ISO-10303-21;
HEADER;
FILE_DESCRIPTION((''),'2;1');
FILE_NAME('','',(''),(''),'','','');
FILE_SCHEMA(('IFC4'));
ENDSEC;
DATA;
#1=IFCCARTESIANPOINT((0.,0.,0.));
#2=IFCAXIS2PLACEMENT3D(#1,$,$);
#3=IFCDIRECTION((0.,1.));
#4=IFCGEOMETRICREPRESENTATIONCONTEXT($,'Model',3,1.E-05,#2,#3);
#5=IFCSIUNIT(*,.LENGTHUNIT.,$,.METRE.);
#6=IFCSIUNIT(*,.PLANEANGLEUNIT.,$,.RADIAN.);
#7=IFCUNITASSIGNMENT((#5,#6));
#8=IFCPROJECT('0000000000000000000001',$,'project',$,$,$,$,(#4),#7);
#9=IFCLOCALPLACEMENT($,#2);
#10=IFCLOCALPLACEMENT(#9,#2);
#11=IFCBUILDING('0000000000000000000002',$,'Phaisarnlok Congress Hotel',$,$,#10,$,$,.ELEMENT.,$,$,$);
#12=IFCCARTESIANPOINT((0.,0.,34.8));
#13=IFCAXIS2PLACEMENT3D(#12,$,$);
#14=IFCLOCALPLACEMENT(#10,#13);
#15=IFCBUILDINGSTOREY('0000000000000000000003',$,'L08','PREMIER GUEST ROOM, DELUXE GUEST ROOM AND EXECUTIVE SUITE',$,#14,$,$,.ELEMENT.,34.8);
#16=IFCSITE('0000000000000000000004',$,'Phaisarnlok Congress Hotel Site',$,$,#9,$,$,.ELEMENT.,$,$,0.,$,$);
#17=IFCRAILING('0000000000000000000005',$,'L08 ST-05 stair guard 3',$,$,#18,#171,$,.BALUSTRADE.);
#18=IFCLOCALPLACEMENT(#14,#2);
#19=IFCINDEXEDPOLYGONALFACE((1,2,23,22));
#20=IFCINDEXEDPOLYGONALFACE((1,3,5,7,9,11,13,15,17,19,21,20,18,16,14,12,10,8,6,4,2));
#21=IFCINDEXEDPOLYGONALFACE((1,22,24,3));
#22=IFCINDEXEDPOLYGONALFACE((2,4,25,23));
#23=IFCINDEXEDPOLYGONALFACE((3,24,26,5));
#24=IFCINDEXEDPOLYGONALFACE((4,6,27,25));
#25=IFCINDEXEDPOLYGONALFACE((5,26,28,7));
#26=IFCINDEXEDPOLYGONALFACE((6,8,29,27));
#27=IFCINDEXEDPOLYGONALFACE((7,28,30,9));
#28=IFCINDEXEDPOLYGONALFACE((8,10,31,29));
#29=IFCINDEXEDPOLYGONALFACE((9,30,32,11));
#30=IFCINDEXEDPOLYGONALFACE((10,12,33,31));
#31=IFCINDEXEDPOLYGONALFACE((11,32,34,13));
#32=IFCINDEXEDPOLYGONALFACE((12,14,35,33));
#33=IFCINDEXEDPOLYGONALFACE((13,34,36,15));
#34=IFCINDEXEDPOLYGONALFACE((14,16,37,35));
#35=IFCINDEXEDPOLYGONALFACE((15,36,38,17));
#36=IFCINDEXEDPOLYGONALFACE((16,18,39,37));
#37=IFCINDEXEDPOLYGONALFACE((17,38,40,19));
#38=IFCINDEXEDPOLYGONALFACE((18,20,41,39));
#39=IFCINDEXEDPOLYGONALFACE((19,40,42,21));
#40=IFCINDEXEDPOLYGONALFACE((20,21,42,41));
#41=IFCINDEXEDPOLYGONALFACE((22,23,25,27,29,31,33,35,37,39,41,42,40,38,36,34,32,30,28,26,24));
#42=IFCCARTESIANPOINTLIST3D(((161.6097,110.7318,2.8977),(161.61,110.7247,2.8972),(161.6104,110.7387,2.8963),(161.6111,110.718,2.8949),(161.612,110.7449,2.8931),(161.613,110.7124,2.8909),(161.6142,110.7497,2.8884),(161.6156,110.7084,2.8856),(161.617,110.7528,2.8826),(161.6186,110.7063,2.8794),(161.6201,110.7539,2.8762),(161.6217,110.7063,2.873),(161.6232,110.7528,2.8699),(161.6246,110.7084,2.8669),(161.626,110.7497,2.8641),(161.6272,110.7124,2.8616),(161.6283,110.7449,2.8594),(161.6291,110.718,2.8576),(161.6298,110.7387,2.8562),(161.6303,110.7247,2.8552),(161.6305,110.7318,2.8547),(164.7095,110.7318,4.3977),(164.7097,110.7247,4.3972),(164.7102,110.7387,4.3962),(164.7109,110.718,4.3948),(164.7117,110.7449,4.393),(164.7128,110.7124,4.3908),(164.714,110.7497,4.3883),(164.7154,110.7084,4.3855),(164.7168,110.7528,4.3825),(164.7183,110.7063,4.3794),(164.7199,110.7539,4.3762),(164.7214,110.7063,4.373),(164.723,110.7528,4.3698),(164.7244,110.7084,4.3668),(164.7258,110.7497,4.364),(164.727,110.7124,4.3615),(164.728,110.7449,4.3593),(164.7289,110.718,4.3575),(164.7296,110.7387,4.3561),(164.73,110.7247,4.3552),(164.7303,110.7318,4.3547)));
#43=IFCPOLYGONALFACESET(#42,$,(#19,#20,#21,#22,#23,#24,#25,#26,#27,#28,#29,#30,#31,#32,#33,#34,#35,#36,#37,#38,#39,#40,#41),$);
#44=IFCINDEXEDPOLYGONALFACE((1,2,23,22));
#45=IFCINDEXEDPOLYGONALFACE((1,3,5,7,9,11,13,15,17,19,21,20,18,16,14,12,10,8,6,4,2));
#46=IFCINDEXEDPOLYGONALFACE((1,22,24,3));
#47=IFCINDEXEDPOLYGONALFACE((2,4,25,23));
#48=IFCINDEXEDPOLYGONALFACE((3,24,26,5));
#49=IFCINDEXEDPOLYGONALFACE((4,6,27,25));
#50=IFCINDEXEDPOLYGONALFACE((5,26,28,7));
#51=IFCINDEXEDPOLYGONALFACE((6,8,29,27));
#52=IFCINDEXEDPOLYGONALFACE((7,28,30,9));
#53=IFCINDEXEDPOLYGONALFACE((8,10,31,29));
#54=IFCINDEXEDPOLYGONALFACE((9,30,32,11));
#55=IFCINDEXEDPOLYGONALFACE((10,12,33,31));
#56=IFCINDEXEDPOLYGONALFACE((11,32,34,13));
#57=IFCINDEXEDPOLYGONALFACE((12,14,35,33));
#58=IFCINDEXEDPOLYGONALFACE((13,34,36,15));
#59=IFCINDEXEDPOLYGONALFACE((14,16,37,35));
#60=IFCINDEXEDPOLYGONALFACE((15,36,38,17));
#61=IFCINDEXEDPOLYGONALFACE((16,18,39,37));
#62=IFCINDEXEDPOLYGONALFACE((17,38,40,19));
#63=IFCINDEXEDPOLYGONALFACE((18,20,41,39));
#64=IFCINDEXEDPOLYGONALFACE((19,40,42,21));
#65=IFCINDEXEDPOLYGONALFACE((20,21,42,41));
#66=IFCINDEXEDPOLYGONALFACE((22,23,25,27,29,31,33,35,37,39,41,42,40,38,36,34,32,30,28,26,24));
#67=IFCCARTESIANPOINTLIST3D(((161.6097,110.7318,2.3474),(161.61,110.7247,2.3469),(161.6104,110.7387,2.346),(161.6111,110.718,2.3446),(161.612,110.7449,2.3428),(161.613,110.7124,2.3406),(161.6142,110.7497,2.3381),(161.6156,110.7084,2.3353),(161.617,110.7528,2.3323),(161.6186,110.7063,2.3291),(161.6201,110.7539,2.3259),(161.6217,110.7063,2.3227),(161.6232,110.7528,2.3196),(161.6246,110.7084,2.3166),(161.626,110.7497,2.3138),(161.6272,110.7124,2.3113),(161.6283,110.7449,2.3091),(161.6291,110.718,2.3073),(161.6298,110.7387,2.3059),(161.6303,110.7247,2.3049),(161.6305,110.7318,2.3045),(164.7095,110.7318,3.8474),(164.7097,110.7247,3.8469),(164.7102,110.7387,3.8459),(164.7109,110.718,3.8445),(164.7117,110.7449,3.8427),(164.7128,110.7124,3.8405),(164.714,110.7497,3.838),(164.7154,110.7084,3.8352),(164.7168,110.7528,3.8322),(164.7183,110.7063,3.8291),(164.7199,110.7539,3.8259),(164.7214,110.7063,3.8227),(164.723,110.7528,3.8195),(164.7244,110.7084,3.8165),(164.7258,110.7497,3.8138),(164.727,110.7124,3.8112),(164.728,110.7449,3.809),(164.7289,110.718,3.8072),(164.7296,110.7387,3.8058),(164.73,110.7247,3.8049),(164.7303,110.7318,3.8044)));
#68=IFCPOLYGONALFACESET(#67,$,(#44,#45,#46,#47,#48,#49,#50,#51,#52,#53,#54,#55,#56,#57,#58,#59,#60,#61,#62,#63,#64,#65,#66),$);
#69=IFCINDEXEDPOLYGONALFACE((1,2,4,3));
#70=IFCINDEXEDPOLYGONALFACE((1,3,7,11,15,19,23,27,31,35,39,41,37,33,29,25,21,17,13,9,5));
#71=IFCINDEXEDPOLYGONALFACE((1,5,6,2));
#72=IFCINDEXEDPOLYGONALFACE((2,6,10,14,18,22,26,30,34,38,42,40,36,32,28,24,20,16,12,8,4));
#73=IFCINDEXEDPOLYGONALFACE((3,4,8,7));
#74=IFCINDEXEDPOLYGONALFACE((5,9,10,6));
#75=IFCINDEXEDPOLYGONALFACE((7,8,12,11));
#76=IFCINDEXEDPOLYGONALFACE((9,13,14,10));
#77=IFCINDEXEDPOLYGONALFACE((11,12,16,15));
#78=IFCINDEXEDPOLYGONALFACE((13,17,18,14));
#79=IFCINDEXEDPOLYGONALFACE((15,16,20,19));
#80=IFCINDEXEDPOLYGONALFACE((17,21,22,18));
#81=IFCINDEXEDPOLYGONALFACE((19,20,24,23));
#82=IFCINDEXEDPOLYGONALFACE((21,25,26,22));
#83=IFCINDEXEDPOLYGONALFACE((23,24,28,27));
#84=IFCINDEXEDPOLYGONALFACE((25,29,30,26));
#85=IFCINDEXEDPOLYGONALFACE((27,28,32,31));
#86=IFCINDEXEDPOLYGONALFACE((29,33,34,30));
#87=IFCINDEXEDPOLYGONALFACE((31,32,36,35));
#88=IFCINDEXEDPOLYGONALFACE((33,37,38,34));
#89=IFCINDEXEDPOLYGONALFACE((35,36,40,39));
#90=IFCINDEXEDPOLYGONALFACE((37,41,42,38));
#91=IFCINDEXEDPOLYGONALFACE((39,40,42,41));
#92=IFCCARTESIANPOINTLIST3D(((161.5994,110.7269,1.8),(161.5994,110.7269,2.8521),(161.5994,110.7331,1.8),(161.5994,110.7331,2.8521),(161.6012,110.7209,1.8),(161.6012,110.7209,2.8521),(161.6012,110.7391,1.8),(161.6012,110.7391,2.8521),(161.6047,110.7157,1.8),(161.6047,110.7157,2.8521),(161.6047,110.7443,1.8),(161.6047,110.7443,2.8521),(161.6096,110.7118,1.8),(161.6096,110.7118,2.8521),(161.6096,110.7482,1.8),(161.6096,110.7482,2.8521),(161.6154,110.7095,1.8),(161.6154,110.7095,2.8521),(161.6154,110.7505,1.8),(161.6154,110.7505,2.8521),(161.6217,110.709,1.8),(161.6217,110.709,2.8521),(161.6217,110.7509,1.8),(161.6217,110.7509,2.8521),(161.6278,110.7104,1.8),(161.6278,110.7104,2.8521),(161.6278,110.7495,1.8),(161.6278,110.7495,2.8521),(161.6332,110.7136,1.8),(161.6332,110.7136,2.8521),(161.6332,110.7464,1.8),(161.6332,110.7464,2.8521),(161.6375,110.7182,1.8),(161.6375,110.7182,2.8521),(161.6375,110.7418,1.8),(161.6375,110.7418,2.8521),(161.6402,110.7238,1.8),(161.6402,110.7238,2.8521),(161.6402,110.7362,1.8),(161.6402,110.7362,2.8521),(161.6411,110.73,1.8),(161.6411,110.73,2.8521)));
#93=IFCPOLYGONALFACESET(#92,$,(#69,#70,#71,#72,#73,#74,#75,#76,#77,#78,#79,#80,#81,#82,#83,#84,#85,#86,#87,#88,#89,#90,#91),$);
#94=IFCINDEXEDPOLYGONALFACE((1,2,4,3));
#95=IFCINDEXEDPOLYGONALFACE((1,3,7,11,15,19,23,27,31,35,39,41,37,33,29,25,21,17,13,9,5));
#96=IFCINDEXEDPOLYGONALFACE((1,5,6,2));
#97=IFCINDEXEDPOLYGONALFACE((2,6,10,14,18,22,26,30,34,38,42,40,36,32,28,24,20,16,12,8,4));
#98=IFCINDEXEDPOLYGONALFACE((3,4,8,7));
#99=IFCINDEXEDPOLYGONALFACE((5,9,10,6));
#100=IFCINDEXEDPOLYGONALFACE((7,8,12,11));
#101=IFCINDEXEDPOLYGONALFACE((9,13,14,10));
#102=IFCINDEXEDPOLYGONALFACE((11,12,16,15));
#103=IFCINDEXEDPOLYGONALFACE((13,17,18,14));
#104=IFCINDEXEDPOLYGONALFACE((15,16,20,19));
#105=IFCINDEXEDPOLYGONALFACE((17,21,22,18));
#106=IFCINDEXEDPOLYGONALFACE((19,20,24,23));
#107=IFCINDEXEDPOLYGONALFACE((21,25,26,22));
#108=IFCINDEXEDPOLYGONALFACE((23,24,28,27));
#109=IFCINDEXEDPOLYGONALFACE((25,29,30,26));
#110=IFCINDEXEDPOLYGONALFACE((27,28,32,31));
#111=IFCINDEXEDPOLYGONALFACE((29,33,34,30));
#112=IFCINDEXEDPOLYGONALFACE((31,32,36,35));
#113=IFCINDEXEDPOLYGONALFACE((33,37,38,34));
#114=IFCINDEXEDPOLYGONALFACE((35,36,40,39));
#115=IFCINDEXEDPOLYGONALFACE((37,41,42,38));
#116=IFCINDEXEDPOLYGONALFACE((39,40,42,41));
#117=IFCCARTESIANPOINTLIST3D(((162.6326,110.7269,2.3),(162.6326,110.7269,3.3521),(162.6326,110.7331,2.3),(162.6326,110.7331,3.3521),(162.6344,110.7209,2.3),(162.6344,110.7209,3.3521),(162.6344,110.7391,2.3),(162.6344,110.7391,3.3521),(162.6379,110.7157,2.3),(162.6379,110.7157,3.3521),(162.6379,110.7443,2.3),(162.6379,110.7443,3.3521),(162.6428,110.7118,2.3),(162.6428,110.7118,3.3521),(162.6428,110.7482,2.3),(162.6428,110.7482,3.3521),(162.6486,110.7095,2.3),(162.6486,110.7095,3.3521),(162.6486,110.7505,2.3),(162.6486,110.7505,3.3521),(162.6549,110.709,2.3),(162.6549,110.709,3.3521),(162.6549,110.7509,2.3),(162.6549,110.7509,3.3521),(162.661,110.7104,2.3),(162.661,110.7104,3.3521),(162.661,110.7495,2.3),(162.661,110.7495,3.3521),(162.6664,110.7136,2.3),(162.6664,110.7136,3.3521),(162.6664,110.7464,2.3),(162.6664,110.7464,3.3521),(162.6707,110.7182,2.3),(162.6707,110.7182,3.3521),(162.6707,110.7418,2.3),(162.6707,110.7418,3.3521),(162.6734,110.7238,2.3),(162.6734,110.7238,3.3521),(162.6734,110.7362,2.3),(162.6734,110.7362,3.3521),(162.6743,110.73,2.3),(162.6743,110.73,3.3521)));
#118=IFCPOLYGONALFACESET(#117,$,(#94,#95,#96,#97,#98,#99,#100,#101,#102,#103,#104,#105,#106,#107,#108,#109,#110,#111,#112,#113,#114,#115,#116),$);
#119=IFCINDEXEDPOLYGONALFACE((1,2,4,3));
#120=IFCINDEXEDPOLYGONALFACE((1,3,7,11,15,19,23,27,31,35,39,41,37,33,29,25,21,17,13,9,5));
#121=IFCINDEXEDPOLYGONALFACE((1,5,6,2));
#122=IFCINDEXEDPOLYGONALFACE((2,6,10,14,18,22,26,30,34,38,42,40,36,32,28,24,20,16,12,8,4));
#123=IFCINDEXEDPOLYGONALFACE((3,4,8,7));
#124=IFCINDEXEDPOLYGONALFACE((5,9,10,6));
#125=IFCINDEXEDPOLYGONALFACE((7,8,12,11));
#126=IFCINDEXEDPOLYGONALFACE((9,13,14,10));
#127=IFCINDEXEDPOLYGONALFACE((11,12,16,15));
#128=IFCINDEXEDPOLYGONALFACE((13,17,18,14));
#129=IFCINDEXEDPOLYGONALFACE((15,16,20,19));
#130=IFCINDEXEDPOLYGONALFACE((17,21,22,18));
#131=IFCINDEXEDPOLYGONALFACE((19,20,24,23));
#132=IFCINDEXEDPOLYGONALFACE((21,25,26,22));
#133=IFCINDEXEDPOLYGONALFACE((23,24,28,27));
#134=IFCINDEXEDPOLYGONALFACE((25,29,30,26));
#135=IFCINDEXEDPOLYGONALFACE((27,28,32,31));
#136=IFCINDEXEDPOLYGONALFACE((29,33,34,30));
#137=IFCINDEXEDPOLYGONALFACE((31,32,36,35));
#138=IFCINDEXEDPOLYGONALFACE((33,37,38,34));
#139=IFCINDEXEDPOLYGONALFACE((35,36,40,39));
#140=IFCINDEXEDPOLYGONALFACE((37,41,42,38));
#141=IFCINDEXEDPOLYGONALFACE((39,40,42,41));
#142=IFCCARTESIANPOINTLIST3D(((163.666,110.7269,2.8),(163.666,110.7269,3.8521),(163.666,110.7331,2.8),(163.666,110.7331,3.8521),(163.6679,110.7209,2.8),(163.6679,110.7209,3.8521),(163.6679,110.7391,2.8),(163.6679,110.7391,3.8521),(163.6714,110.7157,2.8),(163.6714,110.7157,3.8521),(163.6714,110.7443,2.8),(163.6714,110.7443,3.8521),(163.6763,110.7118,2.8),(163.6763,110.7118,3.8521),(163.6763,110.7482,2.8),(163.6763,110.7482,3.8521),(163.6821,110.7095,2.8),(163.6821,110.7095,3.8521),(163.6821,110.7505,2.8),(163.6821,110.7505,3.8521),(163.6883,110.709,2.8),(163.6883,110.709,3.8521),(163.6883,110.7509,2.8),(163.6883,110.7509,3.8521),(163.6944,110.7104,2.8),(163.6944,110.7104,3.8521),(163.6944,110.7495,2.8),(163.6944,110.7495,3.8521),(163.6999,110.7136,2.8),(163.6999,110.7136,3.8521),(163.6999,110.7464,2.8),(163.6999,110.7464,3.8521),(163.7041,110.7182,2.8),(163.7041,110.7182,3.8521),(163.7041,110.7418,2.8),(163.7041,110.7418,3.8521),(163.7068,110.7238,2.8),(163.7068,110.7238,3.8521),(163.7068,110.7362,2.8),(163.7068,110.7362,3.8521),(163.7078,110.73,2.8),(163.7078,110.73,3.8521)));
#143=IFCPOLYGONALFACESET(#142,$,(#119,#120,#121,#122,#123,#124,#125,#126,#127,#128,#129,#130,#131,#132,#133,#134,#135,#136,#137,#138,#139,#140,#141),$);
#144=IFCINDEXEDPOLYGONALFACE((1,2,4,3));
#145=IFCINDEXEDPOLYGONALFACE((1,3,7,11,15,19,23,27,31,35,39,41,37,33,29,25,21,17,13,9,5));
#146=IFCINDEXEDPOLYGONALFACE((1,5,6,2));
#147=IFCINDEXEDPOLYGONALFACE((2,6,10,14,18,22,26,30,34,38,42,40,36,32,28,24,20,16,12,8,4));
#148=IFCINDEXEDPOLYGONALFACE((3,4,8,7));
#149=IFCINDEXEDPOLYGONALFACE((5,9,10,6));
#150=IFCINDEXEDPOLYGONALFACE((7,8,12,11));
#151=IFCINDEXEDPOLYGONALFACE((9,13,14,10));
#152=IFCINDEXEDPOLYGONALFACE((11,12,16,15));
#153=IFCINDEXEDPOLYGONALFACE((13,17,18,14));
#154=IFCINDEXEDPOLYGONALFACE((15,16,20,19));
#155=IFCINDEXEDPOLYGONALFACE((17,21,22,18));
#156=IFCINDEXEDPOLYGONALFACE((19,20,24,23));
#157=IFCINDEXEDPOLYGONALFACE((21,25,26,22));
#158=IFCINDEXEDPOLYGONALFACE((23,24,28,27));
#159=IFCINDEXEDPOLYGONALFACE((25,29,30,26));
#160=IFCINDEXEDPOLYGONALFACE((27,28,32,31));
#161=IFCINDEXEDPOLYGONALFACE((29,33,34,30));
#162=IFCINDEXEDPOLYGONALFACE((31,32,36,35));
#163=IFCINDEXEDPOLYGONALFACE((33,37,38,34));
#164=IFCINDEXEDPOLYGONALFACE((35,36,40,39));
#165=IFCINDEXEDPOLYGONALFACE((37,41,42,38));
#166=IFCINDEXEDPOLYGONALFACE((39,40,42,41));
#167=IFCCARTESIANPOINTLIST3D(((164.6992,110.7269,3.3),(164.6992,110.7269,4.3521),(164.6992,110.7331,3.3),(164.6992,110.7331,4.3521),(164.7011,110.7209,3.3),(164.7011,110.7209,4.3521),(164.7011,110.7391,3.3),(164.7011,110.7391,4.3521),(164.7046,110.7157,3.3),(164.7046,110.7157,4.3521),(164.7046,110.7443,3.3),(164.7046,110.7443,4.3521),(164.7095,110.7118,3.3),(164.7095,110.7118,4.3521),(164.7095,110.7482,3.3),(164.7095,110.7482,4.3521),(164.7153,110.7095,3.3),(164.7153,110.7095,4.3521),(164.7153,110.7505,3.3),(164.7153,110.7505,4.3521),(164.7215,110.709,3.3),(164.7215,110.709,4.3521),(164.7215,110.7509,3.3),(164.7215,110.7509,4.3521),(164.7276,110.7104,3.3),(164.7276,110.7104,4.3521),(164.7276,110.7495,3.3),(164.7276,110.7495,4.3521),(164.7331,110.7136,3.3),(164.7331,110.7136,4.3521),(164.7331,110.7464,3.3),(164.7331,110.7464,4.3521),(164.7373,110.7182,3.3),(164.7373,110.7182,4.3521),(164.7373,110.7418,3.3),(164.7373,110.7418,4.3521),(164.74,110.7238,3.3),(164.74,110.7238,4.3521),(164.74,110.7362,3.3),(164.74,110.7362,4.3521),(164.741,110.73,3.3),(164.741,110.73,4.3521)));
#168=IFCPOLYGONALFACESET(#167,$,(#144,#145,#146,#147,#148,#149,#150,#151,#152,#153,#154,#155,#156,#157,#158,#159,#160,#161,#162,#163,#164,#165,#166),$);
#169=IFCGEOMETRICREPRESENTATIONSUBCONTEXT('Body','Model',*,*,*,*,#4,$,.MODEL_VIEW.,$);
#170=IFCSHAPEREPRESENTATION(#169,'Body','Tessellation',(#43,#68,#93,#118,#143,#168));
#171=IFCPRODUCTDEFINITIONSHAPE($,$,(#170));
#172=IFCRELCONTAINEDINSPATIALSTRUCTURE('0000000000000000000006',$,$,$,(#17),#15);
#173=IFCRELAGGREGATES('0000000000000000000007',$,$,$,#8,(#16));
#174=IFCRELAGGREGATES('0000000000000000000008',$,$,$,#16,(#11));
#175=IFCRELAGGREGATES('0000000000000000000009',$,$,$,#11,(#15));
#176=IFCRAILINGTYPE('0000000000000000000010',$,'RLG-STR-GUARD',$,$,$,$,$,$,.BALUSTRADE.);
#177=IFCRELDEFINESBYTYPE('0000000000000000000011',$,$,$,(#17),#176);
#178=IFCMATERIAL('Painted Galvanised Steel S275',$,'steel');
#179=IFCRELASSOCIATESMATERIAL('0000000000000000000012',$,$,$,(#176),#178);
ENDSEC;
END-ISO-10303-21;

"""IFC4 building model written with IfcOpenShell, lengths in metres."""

from ifc_helpers import new_model, si_unit, direction, frame, origin, origin_2d, place, context, subcontext, project, spatial, circle, extrude, material, type_object, element, save


model = new_model("IFC4")

# Units and contexts
model_context = context("Model", 3, precision=1e-05, world=origin(), true_north=direction((0.0, 1.0)))
body_context = subcontext(model_context, "Body", "Model", "MODEL_VIEW")
ifc_project = project(units=[si_unit("LENGTHUNIT", "METRE"), si_unit("PLANEANGLEUNIT", "RADIAN")], contexts=[model_context])

# Site, building, storey
site_placement = place(None, origin())
site = spatial("IfcSite", under=ifc_project, at=site_placement, Name="Phaisarnlok Congress Hotel Site", CompositionType="ELEMENT", RefElevation=0.0)
building_placement = place(site_placement, origin())
building = spatial("IfcBuilding", under=site, at=building_placement, Name="Phaisarnlok Congress Hotel", CompositionType="ELEMENT")
storey_placement = place(building_placement, frame((0.0, 0.0, 34.8)))
storey = spatial("IfcBuildingStorey", under=building, at=storey_placement, Name="L08", Description="PREMIER GUEST ROOM, DELUXE GUEST ROOM AND EXECUTIVE SUITE", CompositionType="ELEMENT", Elevation=34.8)

# Railing
ifc_material_1 = material(Name="Painted Galvanised Steel S275", Category="steel")
railing_type_1 = type_object("IfcRailingType", Name="RLG-STR-GUARD", PredefinedType="BALUSTRADE", material=ifc_material_1)
railing_1_placement = place(storey_placement, frame((161.6201, 110.73, 1.8)))
element("IfcRailing", 1, at=railing_1_placement, inside=storey, type_object=railing_type_1, Name="L08 ST-05 stair guard 3", PredefinedType="BALUSTRADE", context=body_context, shape_type="SweptSolid", body=[
    extrude(circle(Radius=0.0239, at=origin_2d()), frame((0.0, 0.0, 1.0762), z_axis=(0.900151, 0.0, 0.435578), x_axis=(0.0, 1.0, 0.0)), (0.0, 0.0, 1.0), 3.4436),
    extrude(circle(Radius=0.0239, at=origin_2d()), frame((0.0, 0.0, 0.5259), z_axis=(0.900151, 0.0, 0.435578), x_axis=(0.0, 1.0, 0.0)), (0.0, 0.0, 1.0), 3.4436),
    extrude(circle(Radius=0.021, at=origin_2d()), origin(), (0.0, 0.0, 1.0), 1.052),
    extrude(circle(Radius=0.021, at=origin_2d()), frame((1.0332, 0.0, 0.5)), (0.0, 0.0, 1.0), 1.052),
    extrude(circle(Radius=0.021, at=origin_2d()), frame((2.0667, 0.0, 1.0)), (0.0, 0.0, 1.0), 1.052),
    extrude(circle(Radius=0.021, at=origin_2d()), frame((3.0999, 0.0, 1.5)), (0.0, 0.0, 1.0), 1.052),
])

save(model, "model.ifc")
